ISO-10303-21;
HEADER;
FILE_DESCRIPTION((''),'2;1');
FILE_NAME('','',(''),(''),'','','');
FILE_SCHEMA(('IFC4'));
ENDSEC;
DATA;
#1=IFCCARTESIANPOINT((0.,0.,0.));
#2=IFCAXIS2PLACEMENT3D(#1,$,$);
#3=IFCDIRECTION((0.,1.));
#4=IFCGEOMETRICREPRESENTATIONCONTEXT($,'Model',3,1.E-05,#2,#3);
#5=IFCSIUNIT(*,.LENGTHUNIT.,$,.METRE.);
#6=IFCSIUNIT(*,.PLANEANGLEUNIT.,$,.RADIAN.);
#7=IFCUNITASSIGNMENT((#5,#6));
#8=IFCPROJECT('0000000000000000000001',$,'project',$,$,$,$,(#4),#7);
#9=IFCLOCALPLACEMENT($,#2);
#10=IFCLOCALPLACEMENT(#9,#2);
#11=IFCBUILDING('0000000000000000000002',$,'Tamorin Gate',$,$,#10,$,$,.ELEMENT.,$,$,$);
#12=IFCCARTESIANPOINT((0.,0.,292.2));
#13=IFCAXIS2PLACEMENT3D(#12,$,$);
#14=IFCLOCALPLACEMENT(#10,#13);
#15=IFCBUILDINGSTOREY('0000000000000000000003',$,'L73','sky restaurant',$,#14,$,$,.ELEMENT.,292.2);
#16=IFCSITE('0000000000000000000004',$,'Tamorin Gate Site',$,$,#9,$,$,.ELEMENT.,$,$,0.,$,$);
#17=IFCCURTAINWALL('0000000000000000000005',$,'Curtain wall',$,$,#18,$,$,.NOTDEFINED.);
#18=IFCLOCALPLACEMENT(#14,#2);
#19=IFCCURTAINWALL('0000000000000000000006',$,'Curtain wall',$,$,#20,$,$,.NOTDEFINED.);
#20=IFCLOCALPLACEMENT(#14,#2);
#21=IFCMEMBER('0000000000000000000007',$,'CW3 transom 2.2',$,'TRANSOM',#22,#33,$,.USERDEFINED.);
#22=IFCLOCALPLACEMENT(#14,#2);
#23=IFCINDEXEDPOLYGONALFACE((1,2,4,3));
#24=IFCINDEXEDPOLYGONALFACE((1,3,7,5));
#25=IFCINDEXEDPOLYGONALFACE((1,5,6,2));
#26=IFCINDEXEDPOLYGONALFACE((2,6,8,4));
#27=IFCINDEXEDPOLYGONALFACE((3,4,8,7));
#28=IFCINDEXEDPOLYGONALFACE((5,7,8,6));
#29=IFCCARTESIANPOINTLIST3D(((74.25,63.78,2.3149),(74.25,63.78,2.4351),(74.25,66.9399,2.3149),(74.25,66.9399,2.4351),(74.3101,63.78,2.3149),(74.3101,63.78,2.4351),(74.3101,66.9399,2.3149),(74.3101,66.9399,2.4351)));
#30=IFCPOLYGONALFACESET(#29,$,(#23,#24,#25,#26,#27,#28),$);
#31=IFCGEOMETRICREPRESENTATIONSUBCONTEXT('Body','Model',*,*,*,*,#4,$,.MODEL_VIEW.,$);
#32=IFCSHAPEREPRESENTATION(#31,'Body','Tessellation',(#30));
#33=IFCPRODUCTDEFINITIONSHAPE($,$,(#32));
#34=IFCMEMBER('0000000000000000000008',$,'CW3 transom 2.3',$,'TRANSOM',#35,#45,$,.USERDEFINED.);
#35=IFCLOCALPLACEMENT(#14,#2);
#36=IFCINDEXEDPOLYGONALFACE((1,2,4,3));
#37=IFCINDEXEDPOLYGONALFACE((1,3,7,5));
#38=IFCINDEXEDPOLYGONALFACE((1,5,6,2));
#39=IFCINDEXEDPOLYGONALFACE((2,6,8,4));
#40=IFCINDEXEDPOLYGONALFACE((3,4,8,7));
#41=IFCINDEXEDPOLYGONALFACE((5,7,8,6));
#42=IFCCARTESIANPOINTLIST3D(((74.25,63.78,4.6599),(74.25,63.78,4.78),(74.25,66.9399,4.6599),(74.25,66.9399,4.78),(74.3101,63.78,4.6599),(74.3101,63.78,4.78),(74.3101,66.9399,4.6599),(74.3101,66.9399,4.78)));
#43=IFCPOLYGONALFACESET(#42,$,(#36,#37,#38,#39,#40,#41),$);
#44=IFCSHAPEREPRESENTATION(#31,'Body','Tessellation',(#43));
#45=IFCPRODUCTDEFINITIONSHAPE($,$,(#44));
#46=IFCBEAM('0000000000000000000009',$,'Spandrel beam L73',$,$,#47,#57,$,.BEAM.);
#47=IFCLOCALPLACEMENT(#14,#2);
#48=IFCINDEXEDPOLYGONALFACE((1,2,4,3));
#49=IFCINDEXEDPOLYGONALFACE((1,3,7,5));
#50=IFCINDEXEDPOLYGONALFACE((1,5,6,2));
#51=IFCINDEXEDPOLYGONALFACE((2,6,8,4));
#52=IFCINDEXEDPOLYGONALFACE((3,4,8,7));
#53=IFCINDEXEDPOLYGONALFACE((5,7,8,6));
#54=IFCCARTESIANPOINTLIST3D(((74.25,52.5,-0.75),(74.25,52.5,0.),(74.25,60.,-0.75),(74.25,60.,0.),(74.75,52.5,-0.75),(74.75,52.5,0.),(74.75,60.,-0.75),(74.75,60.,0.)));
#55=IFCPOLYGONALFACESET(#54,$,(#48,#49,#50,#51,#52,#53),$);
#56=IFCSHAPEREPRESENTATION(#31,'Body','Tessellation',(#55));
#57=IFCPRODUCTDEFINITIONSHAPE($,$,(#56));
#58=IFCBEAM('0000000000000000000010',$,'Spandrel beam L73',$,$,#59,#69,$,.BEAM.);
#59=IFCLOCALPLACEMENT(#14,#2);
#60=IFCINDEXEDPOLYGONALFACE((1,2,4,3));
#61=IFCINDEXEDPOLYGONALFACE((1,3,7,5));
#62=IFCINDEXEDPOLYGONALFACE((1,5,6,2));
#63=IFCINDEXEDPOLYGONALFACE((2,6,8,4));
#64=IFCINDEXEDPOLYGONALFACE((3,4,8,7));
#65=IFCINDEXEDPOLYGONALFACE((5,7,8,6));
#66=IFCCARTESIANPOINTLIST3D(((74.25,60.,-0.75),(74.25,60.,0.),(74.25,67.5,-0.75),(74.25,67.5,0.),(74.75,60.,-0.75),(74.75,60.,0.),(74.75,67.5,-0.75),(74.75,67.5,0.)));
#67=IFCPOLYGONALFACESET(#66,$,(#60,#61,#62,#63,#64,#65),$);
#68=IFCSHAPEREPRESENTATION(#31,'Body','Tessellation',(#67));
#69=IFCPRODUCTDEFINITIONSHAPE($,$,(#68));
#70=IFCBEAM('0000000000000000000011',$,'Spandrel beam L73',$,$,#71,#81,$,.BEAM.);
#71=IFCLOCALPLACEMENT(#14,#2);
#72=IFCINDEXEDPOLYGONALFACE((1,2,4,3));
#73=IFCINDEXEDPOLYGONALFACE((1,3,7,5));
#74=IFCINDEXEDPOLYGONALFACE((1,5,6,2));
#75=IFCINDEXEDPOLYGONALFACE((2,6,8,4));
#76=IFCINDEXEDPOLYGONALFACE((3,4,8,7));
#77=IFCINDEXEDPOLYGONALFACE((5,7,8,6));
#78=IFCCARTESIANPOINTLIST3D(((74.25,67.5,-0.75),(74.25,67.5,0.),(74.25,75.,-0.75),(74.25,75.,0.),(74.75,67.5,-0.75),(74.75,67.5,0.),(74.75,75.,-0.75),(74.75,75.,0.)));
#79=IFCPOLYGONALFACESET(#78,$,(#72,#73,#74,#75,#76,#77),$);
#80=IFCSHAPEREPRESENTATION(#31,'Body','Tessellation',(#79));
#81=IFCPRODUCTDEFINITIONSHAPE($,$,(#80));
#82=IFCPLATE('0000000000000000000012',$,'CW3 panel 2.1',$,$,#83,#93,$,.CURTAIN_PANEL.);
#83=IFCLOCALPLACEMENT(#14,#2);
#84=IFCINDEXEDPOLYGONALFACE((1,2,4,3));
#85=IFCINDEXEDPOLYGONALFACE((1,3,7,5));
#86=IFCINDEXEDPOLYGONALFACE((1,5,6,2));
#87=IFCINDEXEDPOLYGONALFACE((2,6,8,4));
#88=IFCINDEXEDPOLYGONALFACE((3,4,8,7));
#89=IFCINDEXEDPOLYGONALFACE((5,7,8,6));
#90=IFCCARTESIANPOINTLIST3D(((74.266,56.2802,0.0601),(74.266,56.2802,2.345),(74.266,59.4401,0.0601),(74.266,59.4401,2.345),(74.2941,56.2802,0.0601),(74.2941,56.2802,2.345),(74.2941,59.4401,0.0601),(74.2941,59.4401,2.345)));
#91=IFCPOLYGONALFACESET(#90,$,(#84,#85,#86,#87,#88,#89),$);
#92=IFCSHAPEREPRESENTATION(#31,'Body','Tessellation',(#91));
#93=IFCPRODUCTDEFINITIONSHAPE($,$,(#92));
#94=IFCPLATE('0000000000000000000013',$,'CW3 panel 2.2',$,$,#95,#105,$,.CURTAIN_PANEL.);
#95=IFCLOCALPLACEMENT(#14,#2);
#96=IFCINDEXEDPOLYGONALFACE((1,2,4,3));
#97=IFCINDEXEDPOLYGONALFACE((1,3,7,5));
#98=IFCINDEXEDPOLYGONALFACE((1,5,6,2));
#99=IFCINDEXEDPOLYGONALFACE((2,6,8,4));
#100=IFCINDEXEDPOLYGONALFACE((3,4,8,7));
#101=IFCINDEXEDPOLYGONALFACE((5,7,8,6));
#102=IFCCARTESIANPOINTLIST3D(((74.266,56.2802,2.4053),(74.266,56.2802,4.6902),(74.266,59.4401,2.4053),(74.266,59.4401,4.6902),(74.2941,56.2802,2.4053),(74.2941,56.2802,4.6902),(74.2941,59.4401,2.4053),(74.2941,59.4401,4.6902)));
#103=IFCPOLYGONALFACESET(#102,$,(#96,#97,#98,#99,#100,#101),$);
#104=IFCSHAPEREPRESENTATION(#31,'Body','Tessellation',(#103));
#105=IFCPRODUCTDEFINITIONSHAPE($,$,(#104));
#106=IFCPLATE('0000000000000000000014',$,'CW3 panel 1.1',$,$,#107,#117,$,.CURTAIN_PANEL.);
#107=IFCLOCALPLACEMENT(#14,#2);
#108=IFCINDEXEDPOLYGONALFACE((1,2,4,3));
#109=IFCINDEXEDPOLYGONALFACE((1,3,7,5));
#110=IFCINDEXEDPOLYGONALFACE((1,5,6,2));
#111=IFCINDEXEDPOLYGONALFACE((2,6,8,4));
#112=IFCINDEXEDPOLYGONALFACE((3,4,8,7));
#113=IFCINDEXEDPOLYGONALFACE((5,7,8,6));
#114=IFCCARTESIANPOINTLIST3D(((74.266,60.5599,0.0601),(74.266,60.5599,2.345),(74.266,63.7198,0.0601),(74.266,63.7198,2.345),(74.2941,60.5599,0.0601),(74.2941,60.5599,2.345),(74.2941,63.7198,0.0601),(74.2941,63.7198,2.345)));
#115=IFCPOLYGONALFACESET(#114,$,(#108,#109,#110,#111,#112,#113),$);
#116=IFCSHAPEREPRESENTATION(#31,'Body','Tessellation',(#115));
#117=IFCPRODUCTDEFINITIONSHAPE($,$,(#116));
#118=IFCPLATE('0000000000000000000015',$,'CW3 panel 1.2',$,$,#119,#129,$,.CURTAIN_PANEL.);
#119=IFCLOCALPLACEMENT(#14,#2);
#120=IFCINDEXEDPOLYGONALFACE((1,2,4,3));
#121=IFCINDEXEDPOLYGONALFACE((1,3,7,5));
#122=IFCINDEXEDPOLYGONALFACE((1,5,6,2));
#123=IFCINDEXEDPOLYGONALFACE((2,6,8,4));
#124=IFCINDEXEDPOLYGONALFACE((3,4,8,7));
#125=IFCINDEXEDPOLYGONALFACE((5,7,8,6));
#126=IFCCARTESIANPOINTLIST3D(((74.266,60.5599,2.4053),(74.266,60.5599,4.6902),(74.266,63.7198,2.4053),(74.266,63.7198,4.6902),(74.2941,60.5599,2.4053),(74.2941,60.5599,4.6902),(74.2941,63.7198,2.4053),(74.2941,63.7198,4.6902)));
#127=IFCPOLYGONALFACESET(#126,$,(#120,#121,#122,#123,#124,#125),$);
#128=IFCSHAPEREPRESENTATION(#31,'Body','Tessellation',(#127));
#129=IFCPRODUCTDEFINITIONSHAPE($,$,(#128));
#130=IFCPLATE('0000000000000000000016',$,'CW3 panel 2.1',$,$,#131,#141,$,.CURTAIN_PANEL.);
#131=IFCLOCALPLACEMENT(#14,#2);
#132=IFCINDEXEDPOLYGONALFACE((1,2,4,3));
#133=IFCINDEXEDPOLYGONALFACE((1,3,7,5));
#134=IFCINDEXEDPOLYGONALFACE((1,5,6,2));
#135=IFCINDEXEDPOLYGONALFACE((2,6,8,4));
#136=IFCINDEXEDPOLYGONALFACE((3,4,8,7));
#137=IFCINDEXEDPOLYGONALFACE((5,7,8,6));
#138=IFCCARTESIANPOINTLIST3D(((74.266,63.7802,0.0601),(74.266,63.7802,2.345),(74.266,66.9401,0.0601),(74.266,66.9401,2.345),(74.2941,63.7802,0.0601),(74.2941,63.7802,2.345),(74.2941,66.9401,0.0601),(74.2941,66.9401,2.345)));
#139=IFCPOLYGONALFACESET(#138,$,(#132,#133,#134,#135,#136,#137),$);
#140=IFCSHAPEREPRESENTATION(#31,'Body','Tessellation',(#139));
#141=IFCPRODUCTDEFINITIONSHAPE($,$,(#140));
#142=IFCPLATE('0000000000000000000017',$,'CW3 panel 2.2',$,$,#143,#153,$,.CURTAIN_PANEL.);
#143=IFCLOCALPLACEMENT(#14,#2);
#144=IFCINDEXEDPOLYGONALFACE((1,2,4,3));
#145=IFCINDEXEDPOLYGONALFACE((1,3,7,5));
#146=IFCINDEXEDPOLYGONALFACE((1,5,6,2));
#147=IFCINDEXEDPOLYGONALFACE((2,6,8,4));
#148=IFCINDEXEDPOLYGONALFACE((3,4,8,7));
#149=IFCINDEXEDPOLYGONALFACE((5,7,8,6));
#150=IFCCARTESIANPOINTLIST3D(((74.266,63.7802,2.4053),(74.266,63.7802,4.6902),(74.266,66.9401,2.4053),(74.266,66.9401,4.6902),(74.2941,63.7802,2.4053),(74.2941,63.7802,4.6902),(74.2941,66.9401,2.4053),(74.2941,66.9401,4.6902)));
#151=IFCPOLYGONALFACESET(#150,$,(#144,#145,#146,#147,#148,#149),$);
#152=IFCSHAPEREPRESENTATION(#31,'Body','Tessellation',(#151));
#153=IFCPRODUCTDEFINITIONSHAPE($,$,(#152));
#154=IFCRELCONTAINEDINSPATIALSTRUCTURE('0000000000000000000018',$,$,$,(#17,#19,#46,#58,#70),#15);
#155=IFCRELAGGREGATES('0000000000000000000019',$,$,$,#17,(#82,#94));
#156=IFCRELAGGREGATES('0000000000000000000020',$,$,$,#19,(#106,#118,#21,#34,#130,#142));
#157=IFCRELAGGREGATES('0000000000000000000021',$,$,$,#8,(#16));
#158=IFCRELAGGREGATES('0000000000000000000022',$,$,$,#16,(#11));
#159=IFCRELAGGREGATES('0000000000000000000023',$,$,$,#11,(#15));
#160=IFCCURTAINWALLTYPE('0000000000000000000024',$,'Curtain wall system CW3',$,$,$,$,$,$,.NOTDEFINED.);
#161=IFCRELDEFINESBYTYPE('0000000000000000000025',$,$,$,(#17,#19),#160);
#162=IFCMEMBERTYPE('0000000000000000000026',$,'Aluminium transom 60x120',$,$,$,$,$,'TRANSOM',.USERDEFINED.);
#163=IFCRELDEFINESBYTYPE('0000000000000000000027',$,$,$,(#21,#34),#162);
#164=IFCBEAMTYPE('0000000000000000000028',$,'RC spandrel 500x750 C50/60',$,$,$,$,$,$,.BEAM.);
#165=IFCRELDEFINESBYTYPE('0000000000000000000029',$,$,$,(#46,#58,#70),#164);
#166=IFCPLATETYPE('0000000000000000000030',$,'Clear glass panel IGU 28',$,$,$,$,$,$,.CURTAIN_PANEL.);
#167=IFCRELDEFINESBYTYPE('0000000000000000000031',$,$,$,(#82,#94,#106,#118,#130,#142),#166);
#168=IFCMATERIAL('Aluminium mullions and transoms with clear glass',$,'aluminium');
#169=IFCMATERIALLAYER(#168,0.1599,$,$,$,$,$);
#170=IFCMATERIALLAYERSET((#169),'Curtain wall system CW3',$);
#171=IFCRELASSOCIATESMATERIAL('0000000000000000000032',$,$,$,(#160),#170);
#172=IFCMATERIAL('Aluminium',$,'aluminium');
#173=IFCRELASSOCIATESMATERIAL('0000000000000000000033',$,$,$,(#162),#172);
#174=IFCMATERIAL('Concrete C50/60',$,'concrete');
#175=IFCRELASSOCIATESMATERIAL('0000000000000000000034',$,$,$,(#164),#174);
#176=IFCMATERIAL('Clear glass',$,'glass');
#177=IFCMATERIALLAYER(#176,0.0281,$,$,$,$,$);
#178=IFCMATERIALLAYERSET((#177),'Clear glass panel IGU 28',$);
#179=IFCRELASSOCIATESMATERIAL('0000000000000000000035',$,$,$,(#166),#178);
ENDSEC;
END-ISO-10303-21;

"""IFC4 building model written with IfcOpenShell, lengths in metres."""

from ifc_helpers import new_model, si_unit, direction, frame, origin, origin_2d, place, context, subcontext, project, spatial, rectangle, extrude, material, layer, layer_set, material_profile, profile_set, type_object, element, aggregate, save


model = new_model("IFC4")

# Units and contexts
model_context = context("Model", 3, precision=1e-05, world=origin(), true_north=direction((0.0, 1.0)))
body_context = subcontext(model_context, "Body", "Model", "MODEL_VIEW")
ifc_project = project(units=[si_unit("LENGTHUNIT", "METRE"), si_unit("PLANEANGLEUNIT", "RADIAN")], contexts=[model_context])

# Site, building, storey
site_placement = place(None, origin())
site = spatial("IfcSite", under=ifc_project, at=site_placement, Name="Tamorin Gate Site", CompositionType="ELEMENT", RefElevation=0.0)
building_placement = place(site_placement, origin())
building = spatial("IfcBuilding", under=site, at=building_placement, Name="Tamorin Gate", CompositionType="ELEMENT")
storey_placement = place(building_placement, frame((0.0, 0.0, 292.2)))
storey = spatial("IfcBuildingStorey", under=building, at=storey_placement, Name="L73", Description="sky restaurant", CompositionType="ELEMENT", Elevation=292.2)

# Shared definitions
ifc_material_1 = material(Name="Concrete C50/60", Category="concrete")

# Curtain walls
ifc_material_2 = material(Name="Aluminium mullions and transoms with clear glass", Category="aluminium")
ifc_layer_1 = layer(ifc_material_2, 0.1599)
ifc_layer_set_1 = layer_set([ifc_layer_1], Name="Curtain wall system CW3")
curtain_wall_type = type_object("IfcCurtainWallType", Name="Curtain wall system CW3", PredefinedType="NOTDEFINED", material=ifc_layer_set_1)
curtain_wall_1_placement = place(storey_placement, origin())
curtain_wall_1 = element("IfcCurtainWall", 1, at=curtain_wall_1_placement, inside=storey, type_object=curtain_wall_type, Name="Curtain wall", PredefinedType="NOTDEFINED")
ifc_material_3 = material(Name="Aluminium", Category="aluminium")
curtain_wall_2_placement = place(storey_placement, origin())
curtain_wall_2 = element("IfcCurtainWall", 2, at=curtain_wall_2_placement, inside=storey, type_object=curtain_wall_type, Name="Curtain wall", PredefinedType="NOTDEFINED")

# Members
ifc_material_profile_1 = material_profile(ifc_material_3, rectangle(XDim=0.0601, YDim=0.1201, at=origin_2d()), Name="RECT 60x120")
ifc_profile_set_1 = profile_set([ifc_material_profile_1], Name="Aluminium")
member_type_1 = type_object("IfcMemberType", Name="Aluminium transom 60x120", ElementType="TRANSOM", PredefinedType="USERDEFINED", material=ifc_profile_set_1)
member_1_placement = place(storey_placement, frame((74.28, 63.78, 2.375), z_axis=(0.0, 1.0, 0.0), x_axis=(-1.0, 0.0, 0.0)))
member_1 = element("IfcMember", 3, at=member_1_placement, type_object=member_type_1, Name="CW3 transom 2.2", ObjectType="TRANSOM", PredefinedType="USERDEFINED", context=body_context, shape_type="SweptSolid", body=[
    extrude(rectangle(XDim=0.0601, YDim=0.1201, at=origin_2d()), origin(), (0.0, 0.0, 1.0), 3.1599),
])
member_2_placement = place(storey_placement, frame((74.28, 63.78, 4.72), z_axis=(0.0, 1.0, 0.0), x_axis=(-1.0, 0.0, 0.0)))
member_2 = element("IfcMember", 4, at=member_2_placement, type_object=member_type_1, Name="CW3 transom 2.3", ObjectType="TRANSOM", PredefinedType="USERDEFINED", context=body_context, shape_type="SweptSolid", body=[
    extrude(rectangle(XDim=0.0601, YDim=0.1201, at=origin_2d()), origin(), (0.0, 0.0, 1.0), 3.1599),
])

# Beams
ifc_material_profile_2 = material_profile(ifc_material_1, rectangle(XDim=0.5, YDim=0.75, at=origin_2d()), Name="RC 500x750")
ifc_profile_set_2 = profile_set([ifc_material_profile_2], Name="Concrete C50/60")
beam_type = type_object("IfcBeamType", Name="RC spandrel 500x750 C50/60", PredefinedType="BEAM", material=ifc_profile_set_2)
for number, where, z_axis, x_axis, name in (
    (5, (74.5, 52.5, -0.375), (0.0, 1.0, 0.0), (-1.0, 0.0, 0.0), "Spandrel beam L73"),
    (6, (74.5, 60.0, -0.375), (0.0, 1.0, 0.0), (-1.0, 0.0, 0.0), "Spandrel beam L73"),
    (7, (74.5, 67.5, -0.375), (0.0, 1.0, 0.0), (-1.0, 0.0, 0.0), "Spandrel beam L73"),
):
    element("IfcBeam", number, at=place(storey_placement, frame(where, z_axis=z_axis, x_axis=x_axis)), inside=storey, type_object=beam_type, Name=name, PredefinedType="BEAM", context=body_context, shape_type="SweptSolid", body=[
        extrude(rectangle(XDim=0.5, YDim=0.75, at=origin_2d()), origin(), (0.0, 0.0, 1.0), 7.5),
    ])

# Plates
ifc_material_4 = material(Name="Clear glass", Category="glass")
ifc_layer_2 = layer(ifc_material_4, 0.0281)
ifc_layer_set_2 = layer_set([ifc_layer_2], Name="Clear glass panel IGU 28")
plate_type = type_object("IfcPlateType", Name="Clear glass panel IGU 28", PredefinedType="CURTAIN_PANEL", material=ifc_layer_set_2)
plate_1_placement = place(storey_placement, frame((74.28, 57.8601, 0.0601), z_axis=(0.0, 0.0, 1.0), x_axis=(0.0, 1.0, 0.0)))
plate_1 = element("IfcPlate", 8, at=plate_1_placement, type_object=plate_type, Name="CW3 panel 2.1", PredefinedType="CURTAIN_PANEL", context=body_context, shape_type="SweptSolid", body=[
    extrude(rectangle(XDim=3.1599, YDim=0.0281, at=origin_2d()), origin(), (0.0, 0.0, 1.0), 2.2849),
])
plate_2_placement = place(storey_placement, frame((74.28, 57.8601, 2.4053), z_axis=(0.0, 0.0, 1.0), x_axis=(0.0, 1.0, 0.0)))
plate_2 = element("IfcPlate", 9, at=plate_2_placement, type_object=plate_type, Name="CW3 panel 2.2", PredefinedType="CURTAIN_PANEL", context=body_context, shape_type="SweptSolid", body=[
    extrude(rectangle(XDim=3.1599, YDim=0.0281, at=origin_2d()), origin(), (0.0, 0.0, 1.0), 2.2849),
])
aggregate(curtain_wall_1, [plate_1, plate_2])
plate_3_placement = place(storey_placement, frame((74.28, 62.1399, 0.0601), z_axis=(0.0, 0.0, 1.0), x_axis=(0.0, 1.0, 0.0)))
plate_3 = element("IfcPlate", 10, at=plate_3_placement, type_object=plate_type, Name="CW3 panel 1.1", PredefinedType="CURTAIN_PANEL", context=body_context, shape_type="SweptSolid", body=[
    extrude(rectangle(XDim=3.1599, YDim=0.0281, at=origin_2d()), origin(), (0.0, 0.0, 1.0), 2.2849),
])
plate_4_placement = place(storey_placement, frame((74.28, 62.1399, 2.4053), z_axis=(0.0, 0.0, 1.0), x_axis=(0.0, 1.0, 0.0)))
plate_4 = element("IfcPlate", 11, at=plate_4_placement, type_object=plate_type, Name="CW3 panel 1.2", PredefinedType="CURTAIN_PANEL", context=body_context, shape_type="SweptSolid", body=[
    extrude(rectangle(XDim=3.1599, YDim=0.0281, at=origin_2d()), origin(), (0.0, 0.0, 1.0), 2.2849),
])
plate_5_placement = place(storey_placement, frame((74.28, 65.3601, 0.0601), z_axis=(0.0, 0.0, 1.0), x_axis=(0.0, 1.0, 0.0)))
plate_5 = element("IfcPlate", 12, at=plate_5_placement, type_object=plate_type, Name="CW3 panel 2.1", PredefinedType="CURTAIN_PANEL", context=body_context, shape_type="SweptSolid", body=[
    extrude(rectangle(XDim=3.1599, YDim=0.0281, at=origin_2d()), origin(), (0.0, 0.0, 1.0), 2.2849),
])
plate_6_placement = place(storey_placement, frame((74.28, 65.3601, 2.4053), z_axis=(0.0, 0.0, 1.0), x_axis=(0.0, 1.0, 0.0)))
plate_6 = element("IfcPlate", 13, at=plate_6_placement, type_object=plate_type, Name="CW3 panel 2.2", PredefinedType="CURTAIN_PANEL", context=body_context, shape_type="SweptSolid", body=[
    extrude(rectangle(XDim=3.1599, YDim=0.0281, at=origin_2d()), origin(), (0.0, 0.0, 1.0), 2.2849),
])
aggregate(curtain_wall_2, [plate_3, plate_4, member_1, member_2, plate_5, plate_6])

save(model, "model.ifc")
